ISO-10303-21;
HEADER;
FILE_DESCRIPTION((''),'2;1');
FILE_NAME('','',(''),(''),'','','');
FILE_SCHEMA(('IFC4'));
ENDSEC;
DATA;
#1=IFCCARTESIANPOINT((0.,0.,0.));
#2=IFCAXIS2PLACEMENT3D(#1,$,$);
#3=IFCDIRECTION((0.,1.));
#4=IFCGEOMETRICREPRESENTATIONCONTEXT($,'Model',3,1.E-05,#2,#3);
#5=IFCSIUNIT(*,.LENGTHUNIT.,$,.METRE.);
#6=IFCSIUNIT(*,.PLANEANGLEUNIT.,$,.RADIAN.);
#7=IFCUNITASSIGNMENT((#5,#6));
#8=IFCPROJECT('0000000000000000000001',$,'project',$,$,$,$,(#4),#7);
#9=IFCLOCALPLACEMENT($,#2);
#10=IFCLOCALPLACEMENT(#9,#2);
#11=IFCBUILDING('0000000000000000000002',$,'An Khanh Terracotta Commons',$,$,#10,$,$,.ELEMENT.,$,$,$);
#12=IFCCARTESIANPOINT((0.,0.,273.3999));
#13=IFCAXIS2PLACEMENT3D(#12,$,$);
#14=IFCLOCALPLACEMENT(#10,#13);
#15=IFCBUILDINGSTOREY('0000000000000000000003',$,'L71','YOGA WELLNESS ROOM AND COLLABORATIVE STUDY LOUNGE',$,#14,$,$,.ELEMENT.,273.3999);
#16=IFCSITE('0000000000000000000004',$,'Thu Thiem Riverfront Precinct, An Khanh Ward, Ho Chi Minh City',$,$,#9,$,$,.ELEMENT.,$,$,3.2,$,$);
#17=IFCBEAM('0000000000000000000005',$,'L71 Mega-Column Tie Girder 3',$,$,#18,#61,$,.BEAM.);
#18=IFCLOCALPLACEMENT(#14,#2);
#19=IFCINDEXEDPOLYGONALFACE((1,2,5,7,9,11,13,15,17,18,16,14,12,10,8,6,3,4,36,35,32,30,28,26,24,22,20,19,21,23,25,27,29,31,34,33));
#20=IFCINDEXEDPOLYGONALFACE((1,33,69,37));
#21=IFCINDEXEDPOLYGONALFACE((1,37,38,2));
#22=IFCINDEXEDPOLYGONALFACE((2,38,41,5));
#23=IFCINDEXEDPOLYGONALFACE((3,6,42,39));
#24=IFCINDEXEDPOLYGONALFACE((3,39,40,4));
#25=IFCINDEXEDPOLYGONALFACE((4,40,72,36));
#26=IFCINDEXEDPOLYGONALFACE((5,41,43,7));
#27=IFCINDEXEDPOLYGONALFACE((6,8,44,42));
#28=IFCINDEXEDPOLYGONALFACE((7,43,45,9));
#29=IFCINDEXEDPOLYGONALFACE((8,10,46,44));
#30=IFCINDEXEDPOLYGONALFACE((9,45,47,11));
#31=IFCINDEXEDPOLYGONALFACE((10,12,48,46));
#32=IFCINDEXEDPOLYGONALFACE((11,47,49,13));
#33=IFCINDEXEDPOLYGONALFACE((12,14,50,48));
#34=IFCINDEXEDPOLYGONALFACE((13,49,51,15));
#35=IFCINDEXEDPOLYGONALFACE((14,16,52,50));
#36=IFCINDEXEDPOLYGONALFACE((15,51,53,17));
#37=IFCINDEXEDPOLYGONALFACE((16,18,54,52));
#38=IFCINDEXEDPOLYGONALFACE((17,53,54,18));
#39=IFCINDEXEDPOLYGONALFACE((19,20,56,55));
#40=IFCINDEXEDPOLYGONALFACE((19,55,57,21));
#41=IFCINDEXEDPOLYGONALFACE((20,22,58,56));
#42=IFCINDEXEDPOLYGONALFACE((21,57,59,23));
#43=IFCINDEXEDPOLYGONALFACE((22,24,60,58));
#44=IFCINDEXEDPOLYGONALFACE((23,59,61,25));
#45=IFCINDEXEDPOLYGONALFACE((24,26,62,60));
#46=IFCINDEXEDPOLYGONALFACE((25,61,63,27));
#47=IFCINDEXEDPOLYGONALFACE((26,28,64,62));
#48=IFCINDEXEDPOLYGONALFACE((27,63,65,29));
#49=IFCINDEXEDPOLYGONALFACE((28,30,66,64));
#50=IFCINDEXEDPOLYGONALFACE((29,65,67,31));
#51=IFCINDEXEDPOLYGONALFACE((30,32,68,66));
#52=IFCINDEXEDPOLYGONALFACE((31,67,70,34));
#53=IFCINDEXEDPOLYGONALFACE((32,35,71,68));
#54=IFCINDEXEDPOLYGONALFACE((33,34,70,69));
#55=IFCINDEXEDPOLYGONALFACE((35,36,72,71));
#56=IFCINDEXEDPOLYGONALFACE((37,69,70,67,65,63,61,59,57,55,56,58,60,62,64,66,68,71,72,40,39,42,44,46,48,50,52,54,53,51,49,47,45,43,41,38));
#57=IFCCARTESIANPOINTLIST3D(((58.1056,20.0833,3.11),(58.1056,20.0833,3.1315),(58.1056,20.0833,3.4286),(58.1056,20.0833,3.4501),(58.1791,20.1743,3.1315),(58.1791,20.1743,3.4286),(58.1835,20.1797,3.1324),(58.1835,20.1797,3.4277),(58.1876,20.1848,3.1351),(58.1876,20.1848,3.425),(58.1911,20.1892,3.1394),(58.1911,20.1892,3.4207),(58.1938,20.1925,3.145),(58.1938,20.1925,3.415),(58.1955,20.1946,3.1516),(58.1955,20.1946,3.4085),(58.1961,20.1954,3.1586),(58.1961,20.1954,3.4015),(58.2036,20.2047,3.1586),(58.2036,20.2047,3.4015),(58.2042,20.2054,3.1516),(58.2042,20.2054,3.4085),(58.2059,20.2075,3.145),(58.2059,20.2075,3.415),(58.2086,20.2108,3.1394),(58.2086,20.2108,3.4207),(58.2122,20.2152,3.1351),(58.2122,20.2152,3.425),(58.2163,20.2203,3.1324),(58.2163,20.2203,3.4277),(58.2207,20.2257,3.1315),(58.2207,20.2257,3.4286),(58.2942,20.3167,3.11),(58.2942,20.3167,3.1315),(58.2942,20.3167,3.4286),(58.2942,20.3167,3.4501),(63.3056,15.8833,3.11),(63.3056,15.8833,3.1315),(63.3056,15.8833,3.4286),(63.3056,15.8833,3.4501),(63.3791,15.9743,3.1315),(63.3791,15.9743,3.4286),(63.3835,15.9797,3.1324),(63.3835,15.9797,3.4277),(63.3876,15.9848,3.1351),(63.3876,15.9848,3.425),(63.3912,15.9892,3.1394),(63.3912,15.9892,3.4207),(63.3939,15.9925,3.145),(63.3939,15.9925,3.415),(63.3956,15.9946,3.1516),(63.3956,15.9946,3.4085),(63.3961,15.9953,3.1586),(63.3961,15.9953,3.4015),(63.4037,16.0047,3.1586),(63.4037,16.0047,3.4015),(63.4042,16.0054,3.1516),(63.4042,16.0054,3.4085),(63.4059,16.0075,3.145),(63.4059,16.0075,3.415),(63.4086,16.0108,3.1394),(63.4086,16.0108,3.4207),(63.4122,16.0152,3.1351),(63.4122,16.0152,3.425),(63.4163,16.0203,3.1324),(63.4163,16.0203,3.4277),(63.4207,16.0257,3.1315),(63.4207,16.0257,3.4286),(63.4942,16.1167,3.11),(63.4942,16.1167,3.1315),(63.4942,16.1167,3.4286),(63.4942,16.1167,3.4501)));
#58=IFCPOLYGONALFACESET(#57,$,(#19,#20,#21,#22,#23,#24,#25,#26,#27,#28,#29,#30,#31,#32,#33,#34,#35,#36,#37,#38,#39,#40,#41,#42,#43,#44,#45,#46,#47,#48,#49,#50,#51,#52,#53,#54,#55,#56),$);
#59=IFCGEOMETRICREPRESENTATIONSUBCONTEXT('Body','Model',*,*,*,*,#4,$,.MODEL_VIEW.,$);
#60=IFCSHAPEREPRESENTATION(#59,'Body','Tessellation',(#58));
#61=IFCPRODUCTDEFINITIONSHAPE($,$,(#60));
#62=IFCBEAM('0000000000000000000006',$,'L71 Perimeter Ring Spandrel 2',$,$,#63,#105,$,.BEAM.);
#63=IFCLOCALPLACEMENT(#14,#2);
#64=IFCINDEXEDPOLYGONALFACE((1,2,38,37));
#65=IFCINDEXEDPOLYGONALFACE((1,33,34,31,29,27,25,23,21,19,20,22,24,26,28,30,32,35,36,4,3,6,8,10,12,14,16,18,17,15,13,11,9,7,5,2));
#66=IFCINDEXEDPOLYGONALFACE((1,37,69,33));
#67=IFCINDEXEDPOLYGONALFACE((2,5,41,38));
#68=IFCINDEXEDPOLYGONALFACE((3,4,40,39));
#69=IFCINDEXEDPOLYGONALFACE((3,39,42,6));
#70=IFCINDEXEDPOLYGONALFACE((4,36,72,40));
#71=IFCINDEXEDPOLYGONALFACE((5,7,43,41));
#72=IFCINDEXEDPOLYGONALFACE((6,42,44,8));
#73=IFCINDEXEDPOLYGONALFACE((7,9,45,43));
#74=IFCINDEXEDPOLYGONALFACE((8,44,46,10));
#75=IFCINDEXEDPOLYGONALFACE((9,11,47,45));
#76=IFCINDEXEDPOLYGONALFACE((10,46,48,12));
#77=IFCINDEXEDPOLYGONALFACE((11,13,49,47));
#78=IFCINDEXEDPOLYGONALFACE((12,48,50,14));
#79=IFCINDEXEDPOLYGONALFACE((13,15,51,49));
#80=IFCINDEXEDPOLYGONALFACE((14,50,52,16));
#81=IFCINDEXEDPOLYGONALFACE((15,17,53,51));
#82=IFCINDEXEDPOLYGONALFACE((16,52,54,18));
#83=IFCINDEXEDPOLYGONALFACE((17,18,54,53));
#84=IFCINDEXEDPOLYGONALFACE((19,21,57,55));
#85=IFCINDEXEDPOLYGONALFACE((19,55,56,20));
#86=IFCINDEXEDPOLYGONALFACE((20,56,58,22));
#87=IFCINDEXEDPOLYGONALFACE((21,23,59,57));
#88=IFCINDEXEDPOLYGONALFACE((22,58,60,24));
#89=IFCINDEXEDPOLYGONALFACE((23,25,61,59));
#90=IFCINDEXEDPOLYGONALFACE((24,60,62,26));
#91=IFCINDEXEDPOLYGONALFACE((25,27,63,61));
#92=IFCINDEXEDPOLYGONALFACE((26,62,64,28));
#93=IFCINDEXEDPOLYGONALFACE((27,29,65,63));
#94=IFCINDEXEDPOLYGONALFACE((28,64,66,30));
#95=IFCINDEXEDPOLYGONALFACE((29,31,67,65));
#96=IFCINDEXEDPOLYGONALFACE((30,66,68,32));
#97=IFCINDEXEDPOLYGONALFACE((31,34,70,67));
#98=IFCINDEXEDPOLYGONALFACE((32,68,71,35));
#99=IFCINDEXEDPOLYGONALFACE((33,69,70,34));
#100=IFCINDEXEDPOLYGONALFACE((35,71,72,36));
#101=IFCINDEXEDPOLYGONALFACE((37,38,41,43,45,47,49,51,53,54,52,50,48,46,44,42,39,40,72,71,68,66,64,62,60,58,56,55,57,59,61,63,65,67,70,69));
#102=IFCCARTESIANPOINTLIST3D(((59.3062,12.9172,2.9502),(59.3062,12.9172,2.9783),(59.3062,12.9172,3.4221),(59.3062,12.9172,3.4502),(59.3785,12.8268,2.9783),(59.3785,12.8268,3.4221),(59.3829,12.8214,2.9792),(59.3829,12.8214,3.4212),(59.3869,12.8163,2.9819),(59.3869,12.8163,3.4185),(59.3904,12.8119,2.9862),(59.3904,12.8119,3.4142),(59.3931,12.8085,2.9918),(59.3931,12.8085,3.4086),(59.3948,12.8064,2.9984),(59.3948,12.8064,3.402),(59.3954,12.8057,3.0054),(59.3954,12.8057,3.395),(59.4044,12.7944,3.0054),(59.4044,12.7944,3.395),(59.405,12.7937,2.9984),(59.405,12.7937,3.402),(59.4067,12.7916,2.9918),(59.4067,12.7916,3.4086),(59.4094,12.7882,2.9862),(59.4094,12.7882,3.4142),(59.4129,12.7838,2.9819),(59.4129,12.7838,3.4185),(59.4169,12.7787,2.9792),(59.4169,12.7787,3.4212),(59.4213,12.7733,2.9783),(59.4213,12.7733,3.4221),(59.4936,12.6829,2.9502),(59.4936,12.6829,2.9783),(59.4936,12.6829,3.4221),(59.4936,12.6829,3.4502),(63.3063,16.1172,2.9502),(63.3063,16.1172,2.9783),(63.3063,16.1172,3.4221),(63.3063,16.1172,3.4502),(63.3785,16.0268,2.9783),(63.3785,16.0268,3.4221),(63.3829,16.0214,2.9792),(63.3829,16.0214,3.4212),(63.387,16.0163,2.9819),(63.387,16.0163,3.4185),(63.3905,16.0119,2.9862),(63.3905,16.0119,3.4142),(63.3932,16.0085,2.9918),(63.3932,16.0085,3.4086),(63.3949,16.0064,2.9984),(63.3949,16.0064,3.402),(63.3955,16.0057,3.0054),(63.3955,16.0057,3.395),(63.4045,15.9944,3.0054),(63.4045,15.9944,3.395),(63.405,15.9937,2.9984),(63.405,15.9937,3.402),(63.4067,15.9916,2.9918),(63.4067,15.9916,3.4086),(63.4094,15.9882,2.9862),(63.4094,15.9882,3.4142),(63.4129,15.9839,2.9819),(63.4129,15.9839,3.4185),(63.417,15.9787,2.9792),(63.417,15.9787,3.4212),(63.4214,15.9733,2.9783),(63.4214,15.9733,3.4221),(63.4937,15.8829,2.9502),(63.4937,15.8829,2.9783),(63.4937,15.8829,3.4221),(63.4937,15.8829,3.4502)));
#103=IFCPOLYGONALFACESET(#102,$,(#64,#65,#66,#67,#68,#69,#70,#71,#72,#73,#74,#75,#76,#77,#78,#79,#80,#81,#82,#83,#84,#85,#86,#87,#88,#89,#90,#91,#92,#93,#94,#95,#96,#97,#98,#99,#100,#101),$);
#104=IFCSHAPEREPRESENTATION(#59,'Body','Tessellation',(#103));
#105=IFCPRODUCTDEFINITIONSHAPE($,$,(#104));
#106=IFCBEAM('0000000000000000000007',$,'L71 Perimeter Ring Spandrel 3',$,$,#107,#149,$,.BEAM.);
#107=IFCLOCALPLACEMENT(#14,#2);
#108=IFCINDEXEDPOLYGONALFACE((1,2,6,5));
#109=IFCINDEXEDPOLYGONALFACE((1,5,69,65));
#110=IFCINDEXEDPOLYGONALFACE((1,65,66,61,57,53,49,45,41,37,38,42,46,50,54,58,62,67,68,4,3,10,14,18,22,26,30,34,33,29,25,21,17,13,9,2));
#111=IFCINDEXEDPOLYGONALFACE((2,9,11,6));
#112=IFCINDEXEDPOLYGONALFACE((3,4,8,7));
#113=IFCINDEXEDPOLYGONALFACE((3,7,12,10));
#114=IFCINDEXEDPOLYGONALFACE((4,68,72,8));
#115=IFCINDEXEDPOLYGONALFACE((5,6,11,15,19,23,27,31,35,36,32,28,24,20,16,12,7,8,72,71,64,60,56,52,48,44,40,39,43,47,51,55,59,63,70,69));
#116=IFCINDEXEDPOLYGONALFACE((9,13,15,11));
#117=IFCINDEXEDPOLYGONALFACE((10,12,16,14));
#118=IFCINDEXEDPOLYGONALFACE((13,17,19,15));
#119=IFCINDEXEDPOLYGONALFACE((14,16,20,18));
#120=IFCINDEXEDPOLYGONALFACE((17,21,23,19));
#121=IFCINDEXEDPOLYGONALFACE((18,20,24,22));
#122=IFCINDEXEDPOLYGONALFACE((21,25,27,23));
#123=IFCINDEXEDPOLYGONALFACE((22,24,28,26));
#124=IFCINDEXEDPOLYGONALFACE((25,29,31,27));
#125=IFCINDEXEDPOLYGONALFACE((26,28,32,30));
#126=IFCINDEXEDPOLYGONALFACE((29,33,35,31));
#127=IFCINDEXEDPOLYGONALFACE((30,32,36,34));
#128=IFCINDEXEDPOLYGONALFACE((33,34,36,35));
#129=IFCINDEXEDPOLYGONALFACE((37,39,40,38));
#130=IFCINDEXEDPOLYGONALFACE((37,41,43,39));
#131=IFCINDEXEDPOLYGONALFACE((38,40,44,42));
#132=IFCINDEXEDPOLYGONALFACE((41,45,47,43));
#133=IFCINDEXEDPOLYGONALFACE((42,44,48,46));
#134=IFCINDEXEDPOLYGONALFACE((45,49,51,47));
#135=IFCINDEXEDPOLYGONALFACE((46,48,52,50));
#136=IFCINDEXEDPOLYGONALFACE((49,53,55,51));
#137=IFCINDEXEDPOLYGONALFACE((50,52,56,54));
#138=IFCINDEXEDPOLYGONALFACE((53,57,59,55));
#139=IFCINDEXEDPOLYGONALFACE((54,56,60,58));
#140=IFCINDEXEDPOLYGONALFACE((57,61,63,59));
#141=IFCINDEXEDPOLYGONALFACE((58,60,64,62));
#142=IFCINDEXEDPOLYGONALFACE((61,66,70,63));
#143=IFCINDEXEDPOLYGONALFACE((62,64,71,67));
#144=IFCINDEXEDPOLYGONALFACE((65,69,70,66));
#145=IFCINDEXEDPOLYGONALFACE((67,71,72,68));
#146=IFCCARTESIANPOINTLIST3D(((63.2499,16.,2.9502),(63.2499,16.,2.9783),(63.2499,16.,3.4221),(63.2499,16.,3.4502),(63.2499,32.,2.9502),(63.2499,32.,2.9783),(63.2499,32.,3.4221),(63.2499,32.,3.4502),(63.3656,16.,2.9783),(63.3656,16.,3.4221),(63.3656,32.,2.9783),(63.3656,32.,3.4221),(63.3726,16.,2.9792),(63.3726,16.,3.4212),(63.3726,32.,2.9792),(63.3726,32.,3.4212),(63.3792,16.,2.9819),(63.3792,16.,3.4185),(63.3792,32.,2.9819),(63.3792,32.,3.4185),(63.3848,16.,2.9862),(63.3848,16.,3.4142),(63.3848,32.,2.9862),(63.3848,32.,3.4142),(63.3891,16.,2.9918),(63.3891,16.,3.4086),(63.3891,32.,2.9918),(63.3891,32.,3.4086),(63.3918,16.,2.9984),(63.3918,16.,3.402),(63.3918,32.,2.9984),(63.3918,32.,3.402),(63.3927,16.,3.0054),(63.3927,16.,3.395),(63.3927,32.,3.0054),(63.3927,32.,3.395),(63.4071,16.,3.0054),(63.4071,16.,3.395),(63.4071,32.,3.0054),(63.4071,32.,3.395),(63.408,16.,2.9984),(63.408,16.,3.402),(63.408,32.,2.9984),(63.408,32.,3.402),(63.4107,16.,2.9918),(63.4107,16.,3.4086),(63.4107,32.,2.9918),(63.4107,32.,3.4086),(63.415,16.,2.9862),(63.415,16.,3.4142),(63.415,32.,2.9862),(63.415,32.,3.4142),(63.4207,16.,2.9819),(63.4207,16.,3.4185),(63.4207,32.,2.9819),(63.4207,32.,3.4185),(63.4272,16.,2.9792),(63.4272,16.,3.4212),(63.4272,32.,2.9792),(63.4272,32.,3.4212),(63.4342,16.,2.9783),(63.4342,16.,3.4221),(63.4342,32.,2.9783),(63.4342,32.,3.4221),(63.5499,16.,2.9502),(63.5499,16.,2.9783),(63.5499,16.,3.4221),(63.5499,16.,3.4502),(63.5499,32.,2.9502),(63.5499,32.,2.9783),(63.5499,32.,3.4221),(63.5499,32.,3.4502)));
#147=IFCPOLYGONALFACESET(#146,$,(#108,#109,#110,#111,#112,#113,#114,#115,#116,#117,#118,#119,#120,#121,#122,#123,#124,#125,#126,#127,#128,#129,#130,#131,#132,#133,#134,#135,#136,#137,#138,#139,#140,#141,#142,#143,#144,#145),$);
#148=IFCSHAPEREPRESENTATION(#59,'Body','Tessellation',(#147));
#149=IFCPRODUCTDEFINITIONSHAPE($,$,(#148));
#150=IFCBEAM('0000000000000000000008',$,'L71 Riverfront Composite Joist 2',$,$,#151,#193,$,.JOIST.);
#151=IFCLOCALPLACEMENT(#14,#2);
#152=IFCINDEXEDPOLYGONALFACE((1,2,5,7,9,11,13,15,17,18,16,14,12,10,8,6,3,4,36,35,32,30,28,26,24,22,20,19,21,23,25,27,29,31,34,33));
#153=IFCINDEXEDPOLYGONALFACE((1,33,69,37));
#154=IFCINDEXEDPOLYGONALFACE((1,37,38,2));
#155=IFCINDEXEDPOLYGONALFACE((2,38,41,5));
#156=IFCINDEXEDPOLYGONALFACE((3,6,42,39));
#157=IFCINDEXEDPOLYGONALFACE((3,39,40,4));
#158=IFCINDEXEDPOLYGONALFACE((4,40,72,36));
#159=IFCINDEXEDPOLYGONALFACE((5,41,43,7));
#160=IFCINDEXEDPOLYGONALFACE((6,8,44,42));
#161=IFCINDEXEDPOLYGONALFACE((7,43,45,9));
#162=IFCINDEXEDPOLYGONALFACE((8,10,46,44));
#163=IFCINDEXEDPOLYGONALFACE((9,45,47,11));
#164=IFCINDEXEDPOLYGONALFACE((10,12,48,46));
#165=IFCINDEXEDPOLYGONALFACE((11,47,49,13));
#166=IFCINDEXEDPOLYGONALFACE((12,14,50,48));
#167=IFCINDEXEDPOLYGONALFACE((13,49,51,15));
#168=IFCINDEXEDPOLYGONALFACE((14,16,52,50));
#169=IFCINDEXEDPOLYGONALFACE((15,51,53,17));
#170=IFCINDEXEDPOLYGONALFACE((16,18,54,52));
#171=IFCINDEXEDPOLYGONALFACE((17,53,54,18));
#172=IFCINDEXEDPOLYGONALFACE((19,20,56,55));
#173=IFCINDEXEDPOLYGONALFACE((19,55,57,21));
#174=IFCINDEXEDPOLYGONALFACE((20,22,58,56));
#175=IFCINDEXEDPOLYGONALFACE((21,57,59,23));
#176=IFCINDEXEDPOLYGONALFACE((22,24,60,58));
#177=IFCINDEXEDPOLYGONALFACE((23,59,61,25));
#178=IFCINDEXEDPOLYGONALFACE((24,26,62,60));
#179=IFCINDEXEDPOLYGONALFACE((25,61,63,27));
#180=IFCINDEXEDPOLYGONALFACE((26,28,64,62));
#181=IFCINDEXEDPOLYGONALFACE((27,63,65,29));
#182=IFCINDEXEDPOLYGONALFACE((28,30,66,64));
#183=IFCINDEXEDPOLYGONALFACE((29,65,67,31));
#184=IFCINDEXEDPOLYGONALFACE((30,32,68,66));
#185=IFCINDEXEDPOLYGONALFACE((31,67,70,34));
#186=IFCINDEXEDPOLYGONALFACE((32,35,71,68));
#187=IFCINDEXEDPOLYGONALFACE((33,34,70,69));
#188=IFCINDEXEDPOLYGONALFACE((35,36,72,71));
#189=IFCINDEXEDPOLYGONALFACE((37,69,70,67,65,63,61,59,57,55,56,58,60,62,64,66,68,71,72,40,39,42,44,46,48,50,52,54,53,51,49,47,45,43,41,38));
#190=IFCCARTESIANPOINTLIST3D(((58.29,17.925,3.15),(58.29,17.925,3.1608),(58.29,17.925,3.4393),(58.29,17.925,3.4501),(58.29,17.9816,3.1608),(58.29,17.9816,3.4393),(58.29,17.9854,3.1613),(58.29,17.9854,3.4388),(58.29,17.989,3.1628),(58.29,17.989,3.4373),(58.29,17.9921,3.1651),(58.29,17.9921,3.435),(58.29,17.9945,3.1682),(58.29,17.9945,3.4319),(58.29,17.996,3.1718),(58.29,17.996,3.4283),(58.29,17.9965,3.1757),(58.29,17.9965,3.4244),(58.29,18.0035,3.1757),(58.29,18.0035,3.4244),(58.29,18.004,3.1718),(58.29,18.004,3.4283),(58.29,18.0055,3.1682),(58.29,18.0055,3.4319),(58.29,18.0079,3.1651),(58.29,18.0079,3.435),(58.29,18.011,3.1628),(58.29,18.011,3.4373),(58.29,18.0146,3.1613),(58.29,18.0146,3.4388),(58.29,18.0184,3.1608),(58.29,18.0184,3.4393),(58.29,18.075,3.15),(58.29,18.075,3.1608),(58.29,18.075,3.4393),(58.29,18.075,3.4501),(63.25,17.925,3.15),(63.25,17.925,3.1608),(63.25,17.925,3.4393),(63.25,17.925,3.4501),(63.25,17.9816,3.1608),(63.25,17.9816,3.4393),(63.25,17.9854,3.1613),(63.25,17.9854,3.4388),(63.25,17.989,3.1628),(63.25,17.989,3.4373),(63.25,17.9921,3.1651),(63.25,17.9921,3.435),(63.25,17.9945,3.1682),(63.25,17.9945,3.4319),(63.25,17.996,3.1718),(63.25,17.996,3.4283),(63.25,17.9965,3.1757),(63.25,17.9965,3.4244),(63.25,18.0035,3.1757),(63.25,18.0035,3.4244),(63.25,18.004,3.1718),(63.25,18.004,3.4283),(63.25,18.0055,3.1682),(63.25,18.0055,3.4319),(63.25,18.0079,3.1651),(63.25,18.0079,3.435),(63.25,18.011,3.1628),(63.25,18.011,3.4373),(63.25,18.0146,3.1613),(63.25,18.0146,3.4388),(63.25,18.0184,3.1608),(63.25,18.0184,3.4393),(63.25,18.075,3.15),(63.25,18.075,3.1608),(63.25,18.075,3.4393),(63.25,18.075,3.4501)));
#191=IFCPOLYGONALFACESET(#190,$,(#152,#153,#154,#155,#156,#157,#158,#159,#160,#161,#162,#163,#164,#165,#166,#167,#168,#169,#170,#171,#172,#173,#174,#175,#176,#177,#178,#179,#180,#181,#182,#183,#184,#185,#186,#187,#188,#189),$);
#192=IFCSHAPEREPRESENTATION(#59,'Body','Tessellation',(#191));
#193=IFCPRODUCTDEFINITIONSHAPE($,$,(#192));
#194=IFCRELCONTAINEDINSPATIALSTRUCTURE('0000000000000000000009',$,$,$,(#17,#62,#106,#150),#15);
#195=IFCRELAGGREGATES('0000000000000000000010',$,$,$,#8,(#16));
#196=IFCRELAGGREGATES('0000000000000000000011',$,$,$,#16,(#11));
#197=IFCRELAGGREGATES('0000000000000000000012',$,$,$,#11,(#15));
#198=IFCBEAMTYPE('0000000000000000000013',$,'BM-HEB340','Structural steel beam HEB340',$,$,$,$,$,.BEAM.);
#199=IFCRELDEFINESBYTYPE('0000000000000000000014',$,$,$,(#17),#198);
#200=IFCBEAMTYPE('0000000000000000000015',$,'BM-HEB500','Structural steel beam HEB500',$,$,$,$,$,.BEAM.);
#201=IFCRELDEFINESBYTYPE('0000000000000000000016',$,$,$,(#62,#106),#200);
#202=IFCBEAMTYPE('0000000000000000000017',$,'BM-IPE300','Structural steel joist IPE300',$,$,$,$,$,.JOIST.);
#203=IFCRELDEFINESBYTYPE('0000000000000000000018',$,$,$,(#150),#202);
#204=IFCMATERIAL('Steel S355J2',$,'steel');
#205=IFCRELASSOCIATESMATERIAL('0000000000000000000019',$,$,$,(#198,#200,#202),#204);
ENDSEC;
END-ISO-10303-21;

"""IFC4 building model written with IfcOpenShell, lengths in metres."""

from ifc_helpers import new_model, si_unit, direction, frame, origin, origin_2d, place, context, subcontext, project, spatial, i_section, extrude, material, material_profile, profile_set, type_object, element, save


model = new_model("IFC4")

# Units and contexts
model_context = context("Model", 3, precision=1e-05, world=origin(), true_north=direction((0.0, 1.0)))
body_context = subcontext(model_context, "Body", "Model", "MODEL_VIEW")
ifc_project = project(units=[si_unit("LENGTHUNIT", "METRE"), si_unit("PLANEANGLEUNIT", "RADIAN")], contexts=[model_context])

# Site, building, storey
site_placement = place(None, origin())
site = spatial("IfcSite", under=ifc_project, at=site_placement, Name="Thu Thiem Riverfront Precinct, An Khanh Ward, Ho Chi Minh City", CompositionType="ELEMENT", RefElevation=3.2)
building_placement = place(site_placement, origin())
building = spatial("IfcBuilding", under=site, at=building_placement, Name="An Khanh Terracotta Commons", CompositionType="ELEMENT")
storey_placement = place(building_placement, frame((0.0, 0.0, 273.3999)))
storey = spatial("IfcBuildingStorey", under=building, at=storey_placement, Name="L71", Description="YOGA WELLNESS ROOM AND COLLABORATIVE STUDY LOUNGE", CompositionType="ELEMENT", Elevation=273.3999)

# Beams
ifc_material_1 = material(Name="Steel S355J2", Category="steel")
ifc_material_profile_1 = material_profile(ifc_material_1, i_section(OverallWidth=0.3, OverallDepth=0.3401, WebThickness=0.012, FlangeThickness=0.0215, FilletRadius=0.0271, at=origin_2d()), Name="HEB340")
ifc_profile_set_1 = profile_set([ifc_material_profile_1], Name="Steel S355J2")
beam_type_1 = type_object("IfcBeamType", Name="BM-HEB340", Description="Structural steel beam HEB340", PredefinedType="BEAM", material=ifc_profile_set_1)
beam_1_placement = place(storey_placement, frame((63.3999, 16.0, 3.28), z_axis=(-0.777942, 0.628336, 0.0), x_axis=(-0.628336, -0.777942, 0.0)))
element("IfcBeam", 1, at=beam_1_placement, inside=storey, type_object=beam_type_1, Name="L71 Mega-Column Tie Girder 3", PredefinedType="BEAM", context=body_context, shape_type="SweptSolid", body=[
    extrude(i_section(OverallWidth=0.3, OverallDepth=0.3401, WebThickness=0.012, FlangeThickness=0.0215, FilletRadius=0.0271, at=origin_2d()), origin(), (0.0, 0.0, 1.0), 6.6843),
])
ifc_material_profile_2 = material_profile(ifc_material_1, i_section(OverallWidth=0.3, OverallDepth=0.5, WebThickness=0.0144, FlangeThickness=0.0281, FilletRadius=0.0271, at=origin_2d()), Name="HEB500")
ifc_profile_set_2 = profile_set([ifc_material_profile_2], Name="Steel S355J2")
beam_type_2 = type_object("IfcBeamType", Name="BM-HEB500", Description="Structural steel beam HEB500", PredefinedType="BEAM", material=ifc_profile_set_2)
beam_2_placement = place(storey_placement, frame((59.3999, 12.8, 3.2002), z_axis=(0.780873, 0.624689, 0.0), x_axis=(-0.624689, 0.780873, 0.0)))
element("IfcBeam", 2, at=beam_2_placement, inside=storey, type_object=beam_type_2, Name="L71 Perimeter Ring Spandrel 2", PredefinedType="BEAM", context=body_context, shape_type="SweptSolid", body=[
    extrude(i_section(OverallWidth=0.3, OverallDepth=0.5, WebThickness=0.0144, FlangeThickness=0.0281, FilletRadius=0.0271, at=origin_2d()), origin(), (0.0, 0.0, 1.0), 5.1226),
])
beam_3_placement = place(storey_placement, frame((63.3999, 16.0, 3.2002), z_axis=(0.0, 1.0, 0.0), x_axis=(-1.0, 0.0, 0.0)))
element("IfcBeam", 3, at=beam_3_placement, inside=storey, type_object=beam_type_2, Name="L71 Perimeter Ring Spandrel 3", PredefinedType="BEAM", context=body_context, shape_type="SweptSolid", body=[
    extrude(i_section(OverallWidth=0.3, OverallDepth=0.5, WebThickness=0.0144, FlangeThickness=0.0281, FilletRadius=0.0271, at=origin_2d()), origin(), (0.0, 0.0, 1.0), 16.0),
])
ifc_material_profile_3 = material_profile(ifc_material_1, i_section(OverallWidth=0.1499, OverallDepth=0.3, WebThickness=0.0071, FlangeThickness=0.0107, FilletRadius=0.0149, at=origin_2d()), Name="IPE300")
ifc_profile_set_3 = profile_set([ifc_material_profile_3], Name="Steel S355J2")
beam_type_3 = type_object("IfcBeamType", Name="BM-IPE300", Description="Structural steel joist IPE300", PredefinedType="JOIST", material=ifc_profile_set_3)
for number, where, z_axis, x_axis, name in (
    (4, (58.29, 18.0, 3.3), (1.0, 0.0, 0.0), (0.0, 1.0, 0.0), "L71 Riverfront Composite Joist 2"),
):
    element("IfcBeam", number, at=place(storey_placement, frame(where, z_axis=z_axis, x_axis=x_axis)), inside=storey, type_object=beam_type_3, Name=name, PredefinedType="JOIST", context=body_context, shape_type="SweptSolid", body=[
        extrude(i_section(OverallWidth=0.1499, OverallDepth=0.3, WebThickness=0.0071, FlangeThickness=0.0107, FilletRadius=0.0149, at=origin_2d()), origin(), (0.0, 0.0, 1.0), 4.96),
    ])

save(model, "model.ifc")
